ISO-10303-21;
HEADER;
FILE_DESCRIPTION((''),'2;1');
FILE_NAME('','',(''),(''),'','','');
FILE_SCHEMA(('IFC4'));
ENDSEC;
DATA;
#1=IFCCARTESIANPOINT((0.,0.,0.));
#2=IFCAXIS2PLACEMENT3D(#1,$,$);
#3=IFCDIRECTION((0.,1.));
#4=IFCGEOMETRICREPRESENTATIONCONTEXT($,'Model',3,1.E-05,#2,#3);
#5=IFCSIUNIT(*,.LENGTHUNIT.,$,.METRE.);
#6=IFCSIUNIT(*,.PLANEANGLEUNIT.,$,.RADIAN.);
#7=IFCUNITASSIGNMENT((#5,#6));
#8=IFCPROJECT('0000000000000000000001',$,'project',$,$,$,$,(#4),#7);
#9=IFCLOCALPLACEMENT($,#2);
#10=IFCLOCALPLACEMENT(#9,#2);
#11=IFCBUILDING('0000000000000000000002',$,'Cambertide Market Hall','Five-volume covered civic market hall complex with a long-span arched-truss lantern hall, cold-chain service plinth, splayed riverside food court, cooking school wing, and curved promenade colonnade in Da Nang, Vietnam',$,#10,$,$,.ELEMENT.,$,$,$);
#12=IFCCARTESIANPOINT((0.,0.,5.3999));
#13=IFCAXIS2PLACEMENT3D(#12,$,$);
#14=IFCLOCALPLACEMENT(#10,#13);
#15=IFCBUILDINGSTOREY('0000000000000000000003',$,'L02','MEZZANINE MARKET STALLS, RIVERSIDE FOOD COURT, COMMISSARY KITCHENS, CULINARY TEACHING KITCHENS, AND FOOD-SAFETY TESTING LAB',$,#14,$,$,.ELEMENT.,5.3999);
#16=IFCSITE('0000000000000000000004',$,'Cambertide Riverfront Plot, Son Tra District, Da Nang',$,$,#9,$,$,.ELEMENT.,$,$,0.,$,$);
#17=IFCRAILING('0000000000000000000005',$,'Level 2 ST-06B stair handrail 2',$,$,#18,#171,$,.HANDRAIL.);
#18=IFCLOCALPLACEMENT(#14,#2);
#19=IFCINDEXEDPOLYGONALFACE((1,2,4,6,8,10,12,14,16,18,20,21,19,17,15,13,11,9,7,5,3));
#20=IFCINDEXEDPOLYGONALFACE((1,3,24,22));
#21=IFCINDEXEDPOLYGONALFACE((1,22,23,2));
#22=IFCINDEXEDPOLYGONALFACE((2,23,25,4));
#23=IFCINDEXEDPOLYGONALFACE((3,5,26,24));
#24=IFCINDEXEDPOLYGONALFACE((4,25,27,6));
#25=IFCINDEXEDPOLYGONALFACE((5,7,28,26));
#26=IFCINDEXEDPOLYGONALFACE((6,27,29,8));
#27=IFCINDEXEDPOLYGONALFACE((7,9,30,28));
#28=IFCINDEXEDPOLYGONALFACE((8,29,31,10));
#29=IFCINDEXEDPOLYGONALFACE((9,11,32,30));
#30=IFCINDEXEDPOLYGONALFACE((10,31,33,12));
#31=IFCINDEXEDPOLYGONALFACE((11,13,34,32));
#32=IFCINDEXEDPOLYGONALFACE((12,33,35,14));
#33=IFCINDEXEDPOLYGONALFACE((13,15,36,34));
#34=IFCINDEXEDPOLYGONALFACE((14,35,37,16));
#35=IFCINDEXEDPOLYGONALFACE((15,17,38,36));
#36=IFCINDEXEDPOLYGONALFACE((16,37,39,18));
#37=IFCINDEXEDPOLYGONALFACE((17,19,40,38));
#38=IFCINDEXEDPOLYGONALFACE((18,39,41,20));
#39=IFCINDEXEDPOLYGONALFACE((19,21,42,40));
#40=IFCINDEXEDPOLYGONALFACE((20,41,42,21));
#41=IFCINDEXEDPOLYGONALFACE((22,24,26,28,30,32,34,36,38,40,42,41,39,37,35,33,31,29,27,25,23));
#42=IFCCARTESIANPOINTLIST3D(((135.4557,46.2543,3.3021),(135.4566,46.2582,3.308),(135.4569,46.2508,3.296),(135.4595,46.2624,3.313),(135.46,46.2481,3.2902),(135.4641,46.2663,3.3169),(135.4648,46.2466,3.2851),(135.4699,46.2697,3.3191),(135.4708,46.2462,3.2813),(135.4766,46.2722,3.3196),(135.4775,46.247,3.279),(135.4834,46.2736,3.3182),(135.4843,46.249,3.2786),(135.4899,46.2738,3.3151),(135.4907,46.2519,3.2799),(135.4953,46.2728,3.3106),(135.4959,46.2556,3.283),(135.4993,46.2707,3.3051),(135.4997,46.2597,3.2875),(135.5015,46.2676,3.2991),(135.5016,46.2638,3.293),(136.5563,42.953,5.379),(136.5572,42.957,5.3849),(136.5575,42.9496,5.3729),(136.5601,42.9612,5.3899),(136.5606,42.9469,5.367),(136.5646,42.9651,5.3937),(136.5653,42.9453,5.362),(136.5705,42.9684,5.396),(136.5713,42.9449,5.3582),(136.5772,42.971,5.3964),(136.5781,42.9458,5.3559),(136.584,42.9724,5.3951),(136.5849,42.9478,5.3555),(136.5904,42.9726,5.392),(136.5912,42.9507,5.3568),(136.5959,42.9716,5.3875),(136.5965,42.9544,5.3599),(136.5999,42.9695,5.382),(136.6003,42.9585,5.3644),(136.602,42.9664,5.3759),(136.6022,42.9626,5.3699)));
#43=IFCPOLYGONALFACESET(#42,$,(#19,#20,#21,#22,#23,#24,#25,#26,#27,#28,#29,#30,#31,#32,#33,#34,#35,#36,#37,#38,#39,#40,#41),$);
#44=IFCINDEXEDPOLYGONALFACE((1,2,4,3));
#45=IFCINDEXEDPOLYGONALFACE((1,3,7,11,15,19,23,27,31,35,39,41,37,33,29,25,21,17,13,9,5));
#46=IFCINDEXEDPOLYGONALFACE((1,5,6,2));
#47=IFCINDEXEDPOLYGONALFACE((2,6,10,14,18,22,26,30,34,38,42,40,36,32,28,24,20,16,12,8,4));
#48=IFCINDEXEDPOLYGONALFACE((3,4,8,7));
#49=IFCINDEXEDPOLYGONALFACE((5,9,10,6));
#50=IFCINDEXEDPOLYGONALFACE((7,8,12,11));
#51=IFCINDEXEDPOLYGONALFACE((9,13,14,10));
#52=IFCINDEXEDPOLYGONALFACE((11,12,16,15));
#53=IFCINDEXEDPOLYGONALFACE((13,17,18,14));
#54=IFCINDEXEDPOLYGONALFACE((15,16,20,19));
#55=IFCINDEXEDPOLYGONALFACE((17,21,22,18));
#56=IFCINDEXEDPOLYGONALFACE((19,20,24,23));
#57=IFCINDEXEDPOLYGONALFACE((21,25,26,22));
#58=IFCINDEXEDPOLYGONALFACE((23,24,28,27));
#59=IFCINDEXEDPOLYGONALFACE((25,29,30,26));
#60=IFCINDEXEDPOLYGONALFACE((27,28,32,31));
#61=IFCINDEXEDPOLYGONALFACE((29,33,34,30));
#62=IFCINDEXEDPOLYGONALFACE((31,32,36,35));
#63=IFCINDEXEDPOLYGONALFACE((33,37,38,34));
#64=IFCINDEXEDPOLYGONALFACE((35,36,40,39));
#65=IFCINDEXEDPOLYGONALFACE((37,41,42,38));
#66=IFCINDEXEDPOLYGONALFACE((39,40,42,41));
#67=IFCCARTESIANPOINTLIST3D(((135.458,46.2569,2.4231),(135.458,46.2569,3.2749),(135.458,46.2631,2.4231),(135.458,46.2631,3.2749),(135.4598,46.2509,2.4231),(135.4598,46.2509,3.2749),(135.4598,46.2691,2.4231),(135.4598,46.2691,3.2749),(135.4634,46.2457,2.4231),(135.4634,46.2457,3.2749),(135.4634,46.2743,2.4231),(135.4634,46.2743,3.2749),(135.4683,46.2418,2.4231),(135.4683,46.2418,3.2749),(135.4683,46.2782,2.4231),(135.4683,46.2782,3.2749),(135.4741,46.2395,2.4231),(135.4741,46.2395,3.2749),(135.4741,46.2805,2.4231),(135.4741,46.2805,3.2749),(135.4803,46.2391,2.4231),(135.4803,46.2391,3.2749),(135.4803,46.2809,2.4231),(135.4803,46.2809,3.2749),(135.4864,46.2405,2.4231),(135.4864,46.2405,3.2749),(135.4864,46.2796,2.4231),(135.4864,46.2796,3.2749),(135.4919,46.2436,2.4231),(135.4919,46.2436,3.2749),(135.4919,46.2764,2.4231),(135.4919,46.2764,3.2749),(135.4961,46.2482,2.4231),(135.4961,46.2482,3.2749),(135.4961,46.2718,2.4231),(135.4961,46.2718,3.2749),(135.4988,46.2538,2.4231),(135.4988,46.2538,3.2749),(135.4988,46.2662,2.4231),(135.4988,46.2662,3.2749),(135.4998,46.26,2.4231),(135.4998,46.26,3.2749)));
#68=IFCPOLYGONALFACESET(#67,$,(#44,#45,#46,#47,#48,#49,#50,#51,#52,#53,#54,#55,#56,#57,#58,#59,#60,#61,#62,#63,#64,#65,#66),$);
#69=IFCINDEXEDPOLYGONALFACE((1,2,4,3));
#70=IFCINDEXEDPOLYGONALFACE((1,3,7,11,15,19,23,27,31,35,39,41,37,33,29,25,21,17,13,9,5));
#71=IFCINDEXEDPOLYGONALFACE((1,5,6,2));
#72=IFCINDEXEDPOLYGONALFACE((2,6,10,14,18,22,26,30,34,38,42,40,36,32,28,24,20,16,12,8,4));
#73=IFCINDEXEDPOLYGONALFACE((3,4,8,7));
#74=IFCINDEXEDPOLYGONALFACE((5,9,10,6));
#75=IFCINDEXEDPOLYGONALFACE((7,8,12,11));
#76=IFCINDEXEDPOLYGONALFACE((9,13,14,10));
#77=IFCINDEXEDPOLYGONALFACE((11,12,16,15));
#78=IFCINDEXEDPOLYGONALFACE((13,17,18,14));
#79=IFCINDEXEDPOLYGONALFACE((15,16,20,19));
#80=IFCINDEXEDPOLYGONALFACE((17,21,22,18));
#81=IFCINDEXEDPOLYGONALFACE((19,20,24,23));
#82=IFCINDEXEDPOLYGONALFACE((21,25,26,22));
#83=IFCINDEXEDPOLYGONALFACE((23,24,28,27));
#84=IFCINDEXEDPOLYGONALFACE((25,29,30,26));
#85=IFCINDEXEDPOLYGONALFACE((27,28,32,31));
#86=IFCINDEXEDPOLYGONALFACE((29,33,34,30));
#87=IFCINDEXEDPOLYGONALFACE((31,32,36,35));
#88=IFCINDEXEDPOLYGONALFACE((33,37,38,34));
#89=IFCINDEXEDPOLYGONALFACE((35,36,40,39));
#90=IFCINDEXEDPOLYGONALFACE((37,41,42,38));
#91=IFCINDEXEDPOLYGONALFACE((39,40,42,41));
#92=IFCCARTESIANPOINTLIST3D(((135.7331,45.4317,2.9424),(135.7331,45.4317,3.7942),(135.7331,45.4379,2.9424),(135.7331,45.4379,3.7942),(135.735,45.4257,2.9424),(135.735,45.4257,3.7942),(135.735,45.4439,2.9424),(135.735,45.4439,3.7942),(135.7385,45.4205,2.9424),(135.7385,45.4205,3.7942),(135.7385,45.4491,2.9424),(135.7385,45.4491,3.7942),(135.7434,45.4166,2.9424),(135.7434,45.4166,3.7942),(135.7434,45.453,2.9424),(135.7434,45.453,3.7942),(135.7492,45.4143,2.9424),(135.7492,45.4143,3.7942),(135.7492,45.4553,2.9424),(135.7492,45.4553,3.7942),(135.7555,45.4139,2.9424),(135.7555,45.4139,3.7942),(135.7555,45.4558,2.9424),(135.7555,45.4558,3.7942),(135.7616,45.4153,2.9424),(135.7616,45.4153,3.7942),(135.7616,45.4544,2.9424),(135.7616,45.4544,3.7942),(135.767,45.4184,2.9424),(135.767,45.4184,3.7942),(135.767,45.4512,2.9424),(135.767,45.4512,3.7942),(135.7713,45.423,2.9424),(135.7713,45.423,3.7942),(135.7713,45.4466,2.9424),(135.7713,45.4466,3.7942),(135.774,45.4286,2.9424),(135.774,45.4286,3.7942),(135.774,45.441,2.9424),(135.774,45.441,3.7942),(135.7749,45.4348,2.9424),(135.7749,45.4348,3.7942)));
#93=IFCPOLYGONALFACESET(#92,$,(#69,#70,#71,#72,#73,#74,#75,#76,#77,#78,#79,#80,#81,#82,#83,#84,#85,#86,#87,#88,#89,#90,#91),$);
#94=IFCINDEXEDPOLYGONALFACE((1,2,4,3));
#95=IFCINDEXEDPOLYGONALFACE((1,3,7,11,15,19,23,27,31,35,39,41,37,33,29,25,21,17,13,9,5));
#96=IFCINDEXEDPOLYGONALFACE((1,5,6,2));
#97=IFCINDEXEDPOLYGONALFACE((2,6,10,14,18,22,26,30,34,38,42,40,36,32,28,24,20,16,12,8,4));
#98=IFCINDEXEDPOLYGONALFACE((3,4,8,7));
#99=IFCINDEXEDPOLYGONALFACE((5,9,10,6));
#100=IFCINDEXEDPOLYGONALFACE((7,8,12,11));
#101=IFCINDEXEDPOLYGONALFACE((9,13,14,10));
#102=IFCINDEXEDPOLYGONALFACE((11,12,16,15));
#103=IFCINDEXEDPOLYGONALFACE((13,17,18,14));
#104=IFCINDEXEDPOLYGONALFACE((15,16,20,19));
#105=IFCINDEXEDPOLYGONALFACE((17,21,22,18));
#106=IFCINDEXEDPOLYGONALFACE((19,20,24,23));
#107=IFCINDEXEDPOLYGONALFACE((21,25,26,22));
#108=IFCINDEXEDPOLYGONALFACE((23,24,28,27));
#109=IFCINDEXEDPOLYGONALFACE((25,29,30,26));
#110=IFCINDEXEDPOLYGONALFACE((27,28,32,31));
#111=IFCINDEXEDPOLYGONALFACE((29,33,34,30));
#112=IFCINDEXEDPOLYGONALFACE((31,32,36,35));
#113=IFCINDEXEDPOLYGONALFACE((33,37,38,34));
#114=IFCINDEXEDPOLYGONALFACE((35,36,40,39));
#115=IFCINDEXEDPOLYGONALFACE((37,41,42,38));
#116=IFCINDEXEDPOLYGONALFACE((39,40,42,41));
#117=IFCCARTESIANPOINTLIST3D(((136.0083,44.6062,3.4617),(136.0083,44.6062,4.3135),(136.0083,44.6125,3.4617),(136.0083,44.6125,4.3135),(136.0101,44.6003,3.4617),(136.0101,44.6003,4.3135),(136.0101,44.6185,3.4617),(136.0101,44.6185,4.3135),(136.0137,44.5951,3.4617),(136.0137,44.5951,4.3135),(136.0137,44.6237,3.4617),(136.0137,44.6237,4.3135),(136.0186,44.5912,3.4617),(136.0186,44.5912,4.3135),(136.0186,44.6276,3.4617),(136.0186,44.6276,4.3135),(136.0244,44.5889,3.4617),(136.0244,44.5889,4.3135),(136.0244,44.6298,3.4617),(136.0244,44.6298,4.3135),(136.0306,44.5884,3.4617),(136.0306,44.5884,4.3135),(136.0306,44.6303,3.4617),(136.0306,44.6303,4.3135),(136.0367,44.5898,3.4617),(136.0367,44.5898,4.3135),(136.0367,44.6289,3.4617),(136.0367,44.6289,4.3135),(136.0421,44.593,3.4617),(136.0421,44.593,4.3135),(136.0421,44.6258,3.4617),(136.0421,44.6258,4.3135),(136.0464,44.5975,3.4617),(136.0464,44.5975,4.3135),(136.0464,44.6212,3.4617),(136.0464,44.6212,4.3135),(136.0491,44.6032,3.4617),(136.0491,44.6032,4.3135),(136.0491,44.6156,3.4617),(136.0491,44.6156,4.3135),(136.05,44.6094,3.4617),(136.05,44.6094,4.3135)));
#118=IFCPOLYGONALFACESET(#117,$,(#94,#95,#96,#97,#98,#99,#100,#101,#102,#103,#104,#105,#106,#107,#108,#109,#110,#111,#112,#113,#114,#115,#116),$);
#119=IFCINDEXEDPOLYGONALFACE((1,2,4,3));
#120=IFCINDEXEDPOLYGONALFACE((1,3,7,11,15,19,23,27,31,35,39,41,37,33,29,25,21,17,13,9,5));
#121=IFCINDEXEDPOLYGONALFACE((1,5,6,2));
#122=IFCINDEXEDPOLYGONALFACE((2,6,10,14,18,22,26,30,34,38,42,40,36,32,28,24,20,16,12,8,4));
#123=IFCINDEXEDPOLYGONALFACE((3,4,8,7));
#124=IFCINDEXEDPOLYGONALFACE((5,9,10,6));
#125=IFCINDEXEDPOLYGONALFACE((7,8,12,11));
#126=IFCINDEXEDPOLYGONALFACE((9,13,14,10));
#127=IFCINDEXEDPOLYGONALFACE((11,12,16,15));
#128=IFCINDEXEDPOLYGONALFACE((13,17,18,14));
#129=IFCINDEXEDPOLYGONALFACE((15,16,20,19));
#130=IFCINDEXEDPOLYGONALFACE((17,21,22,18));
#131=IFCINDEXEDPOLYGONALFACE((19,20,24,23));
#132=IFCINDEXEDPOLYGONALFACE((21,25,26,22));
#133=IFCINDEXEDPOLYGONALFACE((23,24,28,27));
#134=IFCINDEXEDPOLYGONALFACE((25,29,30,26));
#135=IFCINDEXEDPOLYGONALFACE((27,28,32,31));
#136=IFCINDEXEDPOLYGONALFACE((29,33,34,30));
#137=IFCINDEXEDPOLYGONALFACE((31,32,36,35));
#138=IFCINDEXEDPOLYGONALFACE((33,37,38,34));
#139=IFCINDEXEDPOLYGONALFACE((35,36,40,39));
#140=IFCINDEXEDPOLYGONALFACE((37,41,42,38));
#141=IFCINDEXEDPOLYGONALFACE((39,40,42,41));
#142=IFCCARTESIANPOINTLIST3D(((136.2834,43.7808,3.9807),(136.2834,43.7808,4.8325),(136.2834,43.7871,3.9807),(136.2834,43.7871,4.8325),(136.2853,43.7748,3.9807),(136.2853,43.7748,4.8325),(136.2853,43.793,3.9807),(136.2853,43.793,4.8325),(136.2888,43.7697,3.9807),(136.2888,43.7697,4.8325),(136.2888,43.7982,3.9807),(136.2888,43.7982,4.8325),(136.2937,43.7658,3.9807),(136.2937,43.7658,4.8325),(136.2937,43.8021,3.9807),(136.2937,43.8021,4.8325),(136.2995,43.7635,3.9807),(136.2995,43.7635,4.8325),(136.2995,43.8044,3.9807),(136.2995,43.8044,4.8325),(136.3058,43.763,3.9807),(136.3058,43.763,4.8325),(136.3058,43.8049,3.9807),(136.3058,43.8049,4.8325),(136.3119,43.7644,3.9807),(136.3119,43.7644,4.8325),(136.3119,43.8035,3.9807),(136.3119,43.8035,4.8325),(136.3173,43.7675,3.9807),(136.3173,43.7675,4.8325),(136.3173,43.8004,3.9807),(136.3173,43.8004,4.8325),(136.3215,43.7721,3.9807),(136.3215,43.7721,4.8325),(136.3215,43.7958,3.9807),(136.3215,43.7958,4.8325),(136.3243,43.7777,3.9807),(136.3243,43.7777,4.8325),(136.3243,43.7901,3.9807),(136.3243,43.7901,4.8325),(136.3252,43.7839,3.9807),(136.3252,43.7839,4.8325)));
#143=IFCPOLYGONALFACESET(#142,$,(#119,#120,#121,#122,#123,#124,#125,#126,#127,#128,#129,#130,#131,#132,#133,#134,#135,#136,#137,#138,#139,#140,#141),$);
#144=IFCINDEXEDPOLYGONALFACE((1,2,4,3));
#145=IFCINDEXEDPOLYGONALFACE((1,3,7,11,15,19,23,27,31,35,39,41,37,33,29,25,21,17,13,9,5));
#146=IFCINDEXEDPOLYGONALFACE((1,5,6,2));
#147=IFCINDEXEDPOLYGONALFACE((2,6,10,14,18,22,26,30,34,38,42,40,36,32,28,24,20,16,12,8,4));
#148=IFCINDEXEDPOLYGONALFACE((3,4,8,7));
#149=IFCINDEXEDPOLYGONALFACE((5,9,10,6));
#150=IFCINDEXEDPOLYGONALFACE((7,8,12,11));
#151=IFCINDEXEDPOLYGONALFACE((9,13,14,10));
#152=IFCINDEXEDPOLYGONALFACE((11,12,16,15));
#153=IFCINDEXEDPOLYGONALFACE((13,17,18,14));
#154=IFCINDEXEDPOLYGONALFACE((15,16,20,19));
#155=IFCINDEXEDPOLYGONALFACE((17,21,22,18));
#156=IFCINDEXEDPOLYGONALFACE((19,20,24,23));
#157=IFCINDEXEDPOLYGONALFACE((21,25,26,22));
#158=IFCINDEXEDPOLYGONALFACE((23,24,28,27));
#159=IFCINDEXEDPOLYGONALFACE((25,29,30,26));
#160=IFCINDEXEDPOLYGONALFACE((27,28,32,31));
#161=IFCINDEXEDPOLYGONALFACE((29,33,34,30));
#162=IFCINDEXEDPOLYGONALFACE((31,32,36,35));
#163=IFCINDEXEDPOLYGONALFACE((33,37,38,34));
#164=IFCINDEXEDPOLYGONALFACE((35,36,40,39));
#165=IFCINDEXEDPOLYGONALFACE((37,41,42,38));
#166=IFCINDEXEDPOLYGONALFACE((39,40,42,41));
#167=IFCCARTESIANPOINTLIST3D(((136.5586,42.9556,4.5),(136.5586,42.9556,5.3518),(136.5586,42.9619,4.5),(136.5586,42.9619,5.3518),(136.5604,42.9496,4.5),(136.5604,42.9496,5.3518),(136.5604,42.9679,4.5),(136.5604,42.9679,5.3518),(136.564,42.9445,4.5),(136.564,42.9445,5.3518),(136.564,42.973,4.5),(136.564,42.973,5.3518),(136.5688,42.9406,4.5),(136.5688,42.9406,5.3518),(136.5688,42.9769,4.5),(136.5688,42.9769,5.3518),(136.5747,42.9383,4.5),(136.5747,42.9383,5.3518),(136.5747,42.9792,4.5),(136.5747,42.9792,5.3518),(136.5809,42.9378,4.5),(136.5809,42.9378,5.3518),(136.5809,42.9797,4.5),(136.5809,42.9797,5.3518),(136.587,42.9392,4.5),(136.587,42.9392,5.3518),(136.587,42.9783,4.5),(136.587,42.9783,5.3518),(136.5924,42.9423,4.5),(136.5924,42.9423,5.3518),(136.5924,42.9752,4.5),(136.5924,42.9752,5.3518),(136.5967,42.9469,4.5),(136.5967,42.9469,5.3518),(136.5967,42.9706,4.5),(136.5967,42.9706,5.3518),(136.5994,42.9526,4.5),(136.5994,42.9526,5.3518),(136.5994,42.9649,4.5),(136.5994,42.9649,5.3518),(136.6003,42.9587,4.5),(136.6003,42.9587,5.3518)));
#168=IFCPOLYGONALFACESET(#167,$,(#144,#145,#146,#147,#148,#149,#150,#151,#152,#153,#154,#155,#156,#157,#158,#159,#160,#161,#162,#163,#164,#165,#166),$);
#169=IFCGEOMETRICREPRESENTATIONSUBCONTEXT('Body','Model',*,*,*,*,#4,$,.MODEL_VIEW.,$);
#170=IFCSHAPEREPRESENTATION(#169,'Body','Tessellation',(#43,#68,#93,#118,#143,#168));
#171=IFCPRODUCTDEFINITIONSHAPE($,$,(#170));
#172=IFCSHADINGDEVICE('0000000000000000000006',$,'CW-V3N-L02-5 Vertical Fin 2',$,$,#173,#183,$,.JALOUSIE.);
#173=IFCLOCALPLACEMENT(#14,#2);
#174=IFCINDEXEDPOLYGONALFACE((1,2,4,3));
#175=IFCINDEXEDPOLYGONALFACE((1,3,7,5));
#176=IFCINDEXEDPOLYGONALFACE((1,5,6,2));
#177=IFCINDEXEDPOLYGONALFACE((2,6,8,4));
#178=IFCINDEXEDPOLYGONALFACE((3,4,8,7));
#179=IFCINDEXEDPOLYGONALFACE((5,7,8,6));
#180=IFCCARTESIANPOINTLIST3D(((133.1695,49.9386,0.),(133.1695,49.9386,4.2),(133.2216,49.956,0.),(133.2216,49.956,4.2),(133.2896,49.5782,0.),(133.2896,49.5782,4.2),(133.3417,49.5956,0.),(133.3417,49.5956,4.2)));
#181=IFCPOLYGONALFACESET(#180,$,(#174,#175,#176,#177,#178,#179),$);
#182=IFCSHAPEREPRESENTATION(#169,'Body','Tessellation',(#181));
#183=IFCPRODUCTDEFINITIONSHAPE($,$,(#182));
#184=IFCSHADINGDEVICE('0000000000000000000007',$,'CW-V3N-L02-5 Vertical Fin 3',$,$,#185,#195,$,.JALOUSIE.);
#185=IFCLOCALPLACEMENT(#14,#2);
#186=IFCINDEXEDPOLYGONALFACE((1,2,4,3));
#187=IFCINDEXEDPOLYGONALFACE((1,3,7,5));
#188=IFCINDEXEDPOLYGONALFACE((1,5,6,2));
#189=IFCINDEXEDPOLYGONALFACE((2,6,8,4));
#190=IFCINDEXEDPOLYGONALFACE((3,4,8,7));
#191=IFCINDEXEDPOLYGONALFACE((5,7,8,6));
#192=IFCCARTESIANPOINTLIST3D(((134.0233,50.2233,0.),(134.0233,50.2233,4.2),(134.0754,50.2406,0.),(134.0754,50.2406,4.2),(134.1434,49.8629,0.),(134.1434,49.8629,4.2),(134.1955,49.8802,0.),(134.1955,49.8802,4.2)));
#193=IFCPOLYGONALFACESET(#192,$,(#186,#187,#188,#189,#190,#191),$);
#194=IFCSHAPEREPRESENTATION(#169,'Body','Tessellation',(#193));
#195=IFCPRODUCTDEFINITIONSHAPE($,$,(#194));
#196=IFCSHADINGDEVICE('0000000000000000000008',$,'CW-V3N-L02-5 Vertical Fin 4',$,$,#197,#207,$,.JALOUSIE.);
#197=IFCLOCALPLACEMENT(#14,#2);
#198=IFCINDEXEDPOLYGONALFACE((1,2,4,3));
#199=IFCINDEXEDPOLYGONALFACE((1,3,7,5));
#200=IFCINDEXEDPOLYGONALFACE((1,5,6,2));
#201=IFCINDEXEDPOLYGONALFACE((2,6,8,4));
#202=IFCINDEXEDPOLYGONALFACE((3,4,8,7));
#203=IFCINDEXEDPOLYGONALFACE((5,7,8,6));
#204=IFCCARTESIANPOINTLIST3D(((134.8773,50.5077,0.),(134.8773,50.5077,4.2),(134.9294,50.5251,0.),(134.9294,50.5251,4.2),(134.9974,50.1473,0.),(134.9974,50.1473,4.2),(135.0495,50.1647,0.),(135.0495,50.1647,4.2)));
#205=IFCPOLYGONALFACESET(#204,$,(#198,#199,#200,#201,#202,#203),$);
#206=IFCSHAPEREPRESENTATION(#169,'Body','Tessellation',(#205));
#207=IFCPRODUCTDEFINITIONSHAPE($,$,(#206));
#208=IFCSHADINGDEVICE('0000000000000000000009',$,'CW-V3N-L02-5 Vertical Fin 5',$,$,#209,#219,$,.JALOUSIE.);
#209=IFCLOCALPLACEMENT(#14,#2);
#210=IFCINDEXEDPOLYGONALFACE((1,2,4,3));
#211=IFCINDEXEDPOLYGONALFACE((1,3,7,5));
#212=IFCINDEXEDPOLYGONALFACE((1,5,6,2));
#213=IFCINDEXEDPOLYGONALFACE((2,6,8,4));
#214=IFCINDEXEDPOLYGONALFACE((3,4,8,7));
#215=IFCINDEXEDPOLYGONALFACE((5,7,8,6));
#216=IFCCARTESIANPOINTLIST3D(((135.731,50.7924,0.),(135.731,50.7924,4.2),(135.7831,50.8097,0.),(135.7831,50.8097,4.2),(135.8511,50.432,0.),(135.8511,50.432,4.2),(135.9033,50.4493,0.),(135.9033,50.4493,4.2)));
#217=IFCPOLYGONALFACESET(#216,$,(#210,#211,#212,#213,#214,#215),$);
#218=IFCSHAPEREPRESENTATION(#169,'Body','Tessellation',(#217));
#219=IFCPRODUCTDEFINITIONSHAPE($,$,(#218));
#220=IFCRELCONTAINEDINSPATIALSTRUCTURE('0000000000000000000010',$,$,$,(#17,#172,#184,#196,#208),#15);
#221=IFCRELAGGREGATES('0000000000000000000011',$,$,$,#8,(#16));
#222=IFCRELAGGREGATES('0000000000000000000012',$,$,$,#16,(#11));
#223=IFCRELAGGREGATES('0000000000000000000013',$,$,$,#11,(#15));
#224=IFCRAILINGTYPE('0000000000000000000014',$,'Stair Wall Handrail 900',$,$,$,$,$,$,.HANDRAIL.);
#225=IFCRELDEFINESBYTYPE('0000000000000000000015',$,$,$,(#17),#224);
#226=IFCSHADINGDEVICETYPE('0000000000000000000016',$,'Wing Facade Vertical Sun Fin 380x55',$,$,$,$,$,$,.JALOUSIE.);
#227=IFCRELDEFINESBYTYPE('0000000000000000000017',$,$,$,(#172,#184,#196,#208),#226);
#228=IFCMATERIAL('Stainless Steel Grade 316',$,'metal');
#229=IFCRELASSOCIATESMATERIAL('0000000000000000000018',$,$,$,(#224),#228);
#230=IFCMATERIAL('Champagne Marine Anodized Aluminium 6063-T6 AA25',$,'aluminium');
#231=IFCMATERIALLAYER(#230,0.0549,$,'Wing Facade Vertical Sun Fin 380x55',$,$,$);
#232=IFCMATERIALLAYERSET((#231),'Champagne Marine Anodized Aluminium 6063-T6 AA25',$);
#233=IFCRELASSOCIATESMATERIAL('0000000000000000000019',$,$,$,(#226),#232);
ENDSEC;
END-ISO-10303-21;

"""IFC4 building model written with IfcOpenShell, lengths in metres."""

from ifc_helpers import new_model, si_unit, direction, frame, origin, origin_2d, place, context, subcontext, project, spatial, rectangle, circle, extrude, material, layer, layer_set, type_object, element, save


model = new_model("IFC4")

# Units and contexts
model_context = context("Model", 3, precision=1e-05, world=origin(), true_north=direction((0.0, 1.0)))
body_context = subcontext(model_context, "Body", "Model", "MODEL_VIEW")
ifc_project = project(units=[si_unit("LENGTHUNIT", "METRE"), si_unit("PLANEANGLEUNIT", "RADIAN")], contexts=[model_context])

# Site, building, storey
site_placement = place(None, origin())
site = spatial("IfcSite", under=ifc_project, at=site_placement, Name="Cambertide Riverfront Plot, Son Tra District, Da Nang", CompositionType="ELEMENT", RefElevation=0.0)
building_placement = place(site_placement, origin())
building = spatial("IfcBuilding", under=site, at=building_placement, Name="Cambertide Market Hall", Description="Five-volume covered civic market hall complex with a long-span arched-truss lantern hall, cold-chain service plinth, splayed riverside food court, cooking school wing, and curved promenade colonnade in Da Nang, Vietnam", CompositionType="ELEMENT")
storey_placement = place(building_placement, frame((0.0, 0.0, 5.3999)))
storey = spatial("IfcBuildingStorey", under=building, at=storey_placement, Name="L02", Description="MEZZANINE MARKET STALLS, RIVERSIDE FOOD COURT, COMMISSARY KITCHENS, CULINARY TEACHING KITCHENS, AND FOOD-SAFETY TESTING LAB", CompositionType="ELEMENT", Elevation=5.3999)

# Railing
ifc_material_1 = material(Name="Stainless Steel Grade 316", Category="metal")
railing_type = type_object("IfcRailingType", Name="Stair Wall Handrail 900", PredefinedType="HANDRAIL", material=ifc_material_1)
railing_placement = place(storey_placement, frame((135.4788, 46.26, 2.4231)))
element("IfcRailing", 1, at=railing_placement, inside=storey, type_object=railing_type, Name="Level 2 ST-06B stair handrail 2", PredefinedType="HANDRAIL", context=body_context, shape_type="SweptSolid", body=[
    extrude(circle(Radius=0.0239, at=origin_2d()), frame((0.0, 0.0, 0.876), z_axis=(0.271578, -0.814614, 0.512493), x_axis=(0.948669, 0.31627, 0.0)), (0.0, 0.0, 1.0), 4.0525),
    extrude(circle(Radius=0.021, at=origin_2d()), origin(), (0.0, 0.0, 1.0), 0.8518),
    extrude(circle(Radius=0.021, at=origin_2d()), frame((0.2751, -0.8252, 0.5193)), (0.0, 0.0, 1.0), 0.8518),
    extrude(circle(Radius=0.021, at=origin_2d()), frame((0.5503, -1.6506, 1.0386)), (0.0, 0.0, 1.0), 0.8518),
    extrude(circle(Radius=0.021, at=origin_2d()), frame((0.8254, -2.4761, 1.5576)), (0.0, 0.0, 1.0), 0.8518),
    extrude(circle(Radius=0.021, at=origin_2d()), frame((1.1006, -3.3013, 2.0769)), (0.0, 0.0, 1.0), 0.8518),
])

# Shading devices
ifc_material_2 = material(Name="Champagne Marine Anodized Aluminium 6063-T6 AA25", Category="aluminium")
ifc_layer_1 = layer(ifc_material_2, 0.0549, Name="Wing Facade Vertical Sun Fin 380x55")
ifc_layer_set_1 = layer_set([ifc_layer_1], Name="Champagne Marine Anodized Aluminium 6063-T6 AA25")
shading_device_type = type_object("IfcShadingDeviceType", Name="Wing Facade Vertical Sun Fin 380x55", PredefinedType="JALOUSIE", material=ifc_layer_set_1)
for number, where, z_axis, x_axis, name in (
    (2, (133.2556, 49.7671, 0.0), (0.0, 0.0, 1.0), (0.948683, 0.316228, 0.0), "CW-V3N-L02-5 Vertical Fin 2"),
    (3, (134.1094, 50.0518, 0.0), (0.0, 0.0, 1.0), (0.948683, 0.316228, 0.0), "CW-V3N-L02-5 Vertical Fin 3"),
    (4, (134.9634, 50.3362, 0.0), (0.0, 0.0, 1.0), (0.948683, 0.316228, 0.0), "CW-V3N-L02-5 Vertical Fin 4"),
    (5, (135.8171, 50.6208, 0.0), (0.0, 0.0, 1.0), (0.948683, 0.316228, 0.0), "CW-V3N-L02-5 Vertical Fin 5"),
):
    element("IfcShadingDevice", number, at=place(storey_placement, frame(where, z_axis=z_axis, x_axis=x_axis)), inside=storey, type_object=shading_device_type, Name=name, PredefinedType="JALOUSIE", context=body_context, shape_type="SweptSolid", body=[
        extrude(rectangle(XDim=0.0549, YDim=0.3799, at=origin_2d()), origin(), (0.0, 0.0, 1.0), 4.2),
    ])

save(model, "model.ifc")
